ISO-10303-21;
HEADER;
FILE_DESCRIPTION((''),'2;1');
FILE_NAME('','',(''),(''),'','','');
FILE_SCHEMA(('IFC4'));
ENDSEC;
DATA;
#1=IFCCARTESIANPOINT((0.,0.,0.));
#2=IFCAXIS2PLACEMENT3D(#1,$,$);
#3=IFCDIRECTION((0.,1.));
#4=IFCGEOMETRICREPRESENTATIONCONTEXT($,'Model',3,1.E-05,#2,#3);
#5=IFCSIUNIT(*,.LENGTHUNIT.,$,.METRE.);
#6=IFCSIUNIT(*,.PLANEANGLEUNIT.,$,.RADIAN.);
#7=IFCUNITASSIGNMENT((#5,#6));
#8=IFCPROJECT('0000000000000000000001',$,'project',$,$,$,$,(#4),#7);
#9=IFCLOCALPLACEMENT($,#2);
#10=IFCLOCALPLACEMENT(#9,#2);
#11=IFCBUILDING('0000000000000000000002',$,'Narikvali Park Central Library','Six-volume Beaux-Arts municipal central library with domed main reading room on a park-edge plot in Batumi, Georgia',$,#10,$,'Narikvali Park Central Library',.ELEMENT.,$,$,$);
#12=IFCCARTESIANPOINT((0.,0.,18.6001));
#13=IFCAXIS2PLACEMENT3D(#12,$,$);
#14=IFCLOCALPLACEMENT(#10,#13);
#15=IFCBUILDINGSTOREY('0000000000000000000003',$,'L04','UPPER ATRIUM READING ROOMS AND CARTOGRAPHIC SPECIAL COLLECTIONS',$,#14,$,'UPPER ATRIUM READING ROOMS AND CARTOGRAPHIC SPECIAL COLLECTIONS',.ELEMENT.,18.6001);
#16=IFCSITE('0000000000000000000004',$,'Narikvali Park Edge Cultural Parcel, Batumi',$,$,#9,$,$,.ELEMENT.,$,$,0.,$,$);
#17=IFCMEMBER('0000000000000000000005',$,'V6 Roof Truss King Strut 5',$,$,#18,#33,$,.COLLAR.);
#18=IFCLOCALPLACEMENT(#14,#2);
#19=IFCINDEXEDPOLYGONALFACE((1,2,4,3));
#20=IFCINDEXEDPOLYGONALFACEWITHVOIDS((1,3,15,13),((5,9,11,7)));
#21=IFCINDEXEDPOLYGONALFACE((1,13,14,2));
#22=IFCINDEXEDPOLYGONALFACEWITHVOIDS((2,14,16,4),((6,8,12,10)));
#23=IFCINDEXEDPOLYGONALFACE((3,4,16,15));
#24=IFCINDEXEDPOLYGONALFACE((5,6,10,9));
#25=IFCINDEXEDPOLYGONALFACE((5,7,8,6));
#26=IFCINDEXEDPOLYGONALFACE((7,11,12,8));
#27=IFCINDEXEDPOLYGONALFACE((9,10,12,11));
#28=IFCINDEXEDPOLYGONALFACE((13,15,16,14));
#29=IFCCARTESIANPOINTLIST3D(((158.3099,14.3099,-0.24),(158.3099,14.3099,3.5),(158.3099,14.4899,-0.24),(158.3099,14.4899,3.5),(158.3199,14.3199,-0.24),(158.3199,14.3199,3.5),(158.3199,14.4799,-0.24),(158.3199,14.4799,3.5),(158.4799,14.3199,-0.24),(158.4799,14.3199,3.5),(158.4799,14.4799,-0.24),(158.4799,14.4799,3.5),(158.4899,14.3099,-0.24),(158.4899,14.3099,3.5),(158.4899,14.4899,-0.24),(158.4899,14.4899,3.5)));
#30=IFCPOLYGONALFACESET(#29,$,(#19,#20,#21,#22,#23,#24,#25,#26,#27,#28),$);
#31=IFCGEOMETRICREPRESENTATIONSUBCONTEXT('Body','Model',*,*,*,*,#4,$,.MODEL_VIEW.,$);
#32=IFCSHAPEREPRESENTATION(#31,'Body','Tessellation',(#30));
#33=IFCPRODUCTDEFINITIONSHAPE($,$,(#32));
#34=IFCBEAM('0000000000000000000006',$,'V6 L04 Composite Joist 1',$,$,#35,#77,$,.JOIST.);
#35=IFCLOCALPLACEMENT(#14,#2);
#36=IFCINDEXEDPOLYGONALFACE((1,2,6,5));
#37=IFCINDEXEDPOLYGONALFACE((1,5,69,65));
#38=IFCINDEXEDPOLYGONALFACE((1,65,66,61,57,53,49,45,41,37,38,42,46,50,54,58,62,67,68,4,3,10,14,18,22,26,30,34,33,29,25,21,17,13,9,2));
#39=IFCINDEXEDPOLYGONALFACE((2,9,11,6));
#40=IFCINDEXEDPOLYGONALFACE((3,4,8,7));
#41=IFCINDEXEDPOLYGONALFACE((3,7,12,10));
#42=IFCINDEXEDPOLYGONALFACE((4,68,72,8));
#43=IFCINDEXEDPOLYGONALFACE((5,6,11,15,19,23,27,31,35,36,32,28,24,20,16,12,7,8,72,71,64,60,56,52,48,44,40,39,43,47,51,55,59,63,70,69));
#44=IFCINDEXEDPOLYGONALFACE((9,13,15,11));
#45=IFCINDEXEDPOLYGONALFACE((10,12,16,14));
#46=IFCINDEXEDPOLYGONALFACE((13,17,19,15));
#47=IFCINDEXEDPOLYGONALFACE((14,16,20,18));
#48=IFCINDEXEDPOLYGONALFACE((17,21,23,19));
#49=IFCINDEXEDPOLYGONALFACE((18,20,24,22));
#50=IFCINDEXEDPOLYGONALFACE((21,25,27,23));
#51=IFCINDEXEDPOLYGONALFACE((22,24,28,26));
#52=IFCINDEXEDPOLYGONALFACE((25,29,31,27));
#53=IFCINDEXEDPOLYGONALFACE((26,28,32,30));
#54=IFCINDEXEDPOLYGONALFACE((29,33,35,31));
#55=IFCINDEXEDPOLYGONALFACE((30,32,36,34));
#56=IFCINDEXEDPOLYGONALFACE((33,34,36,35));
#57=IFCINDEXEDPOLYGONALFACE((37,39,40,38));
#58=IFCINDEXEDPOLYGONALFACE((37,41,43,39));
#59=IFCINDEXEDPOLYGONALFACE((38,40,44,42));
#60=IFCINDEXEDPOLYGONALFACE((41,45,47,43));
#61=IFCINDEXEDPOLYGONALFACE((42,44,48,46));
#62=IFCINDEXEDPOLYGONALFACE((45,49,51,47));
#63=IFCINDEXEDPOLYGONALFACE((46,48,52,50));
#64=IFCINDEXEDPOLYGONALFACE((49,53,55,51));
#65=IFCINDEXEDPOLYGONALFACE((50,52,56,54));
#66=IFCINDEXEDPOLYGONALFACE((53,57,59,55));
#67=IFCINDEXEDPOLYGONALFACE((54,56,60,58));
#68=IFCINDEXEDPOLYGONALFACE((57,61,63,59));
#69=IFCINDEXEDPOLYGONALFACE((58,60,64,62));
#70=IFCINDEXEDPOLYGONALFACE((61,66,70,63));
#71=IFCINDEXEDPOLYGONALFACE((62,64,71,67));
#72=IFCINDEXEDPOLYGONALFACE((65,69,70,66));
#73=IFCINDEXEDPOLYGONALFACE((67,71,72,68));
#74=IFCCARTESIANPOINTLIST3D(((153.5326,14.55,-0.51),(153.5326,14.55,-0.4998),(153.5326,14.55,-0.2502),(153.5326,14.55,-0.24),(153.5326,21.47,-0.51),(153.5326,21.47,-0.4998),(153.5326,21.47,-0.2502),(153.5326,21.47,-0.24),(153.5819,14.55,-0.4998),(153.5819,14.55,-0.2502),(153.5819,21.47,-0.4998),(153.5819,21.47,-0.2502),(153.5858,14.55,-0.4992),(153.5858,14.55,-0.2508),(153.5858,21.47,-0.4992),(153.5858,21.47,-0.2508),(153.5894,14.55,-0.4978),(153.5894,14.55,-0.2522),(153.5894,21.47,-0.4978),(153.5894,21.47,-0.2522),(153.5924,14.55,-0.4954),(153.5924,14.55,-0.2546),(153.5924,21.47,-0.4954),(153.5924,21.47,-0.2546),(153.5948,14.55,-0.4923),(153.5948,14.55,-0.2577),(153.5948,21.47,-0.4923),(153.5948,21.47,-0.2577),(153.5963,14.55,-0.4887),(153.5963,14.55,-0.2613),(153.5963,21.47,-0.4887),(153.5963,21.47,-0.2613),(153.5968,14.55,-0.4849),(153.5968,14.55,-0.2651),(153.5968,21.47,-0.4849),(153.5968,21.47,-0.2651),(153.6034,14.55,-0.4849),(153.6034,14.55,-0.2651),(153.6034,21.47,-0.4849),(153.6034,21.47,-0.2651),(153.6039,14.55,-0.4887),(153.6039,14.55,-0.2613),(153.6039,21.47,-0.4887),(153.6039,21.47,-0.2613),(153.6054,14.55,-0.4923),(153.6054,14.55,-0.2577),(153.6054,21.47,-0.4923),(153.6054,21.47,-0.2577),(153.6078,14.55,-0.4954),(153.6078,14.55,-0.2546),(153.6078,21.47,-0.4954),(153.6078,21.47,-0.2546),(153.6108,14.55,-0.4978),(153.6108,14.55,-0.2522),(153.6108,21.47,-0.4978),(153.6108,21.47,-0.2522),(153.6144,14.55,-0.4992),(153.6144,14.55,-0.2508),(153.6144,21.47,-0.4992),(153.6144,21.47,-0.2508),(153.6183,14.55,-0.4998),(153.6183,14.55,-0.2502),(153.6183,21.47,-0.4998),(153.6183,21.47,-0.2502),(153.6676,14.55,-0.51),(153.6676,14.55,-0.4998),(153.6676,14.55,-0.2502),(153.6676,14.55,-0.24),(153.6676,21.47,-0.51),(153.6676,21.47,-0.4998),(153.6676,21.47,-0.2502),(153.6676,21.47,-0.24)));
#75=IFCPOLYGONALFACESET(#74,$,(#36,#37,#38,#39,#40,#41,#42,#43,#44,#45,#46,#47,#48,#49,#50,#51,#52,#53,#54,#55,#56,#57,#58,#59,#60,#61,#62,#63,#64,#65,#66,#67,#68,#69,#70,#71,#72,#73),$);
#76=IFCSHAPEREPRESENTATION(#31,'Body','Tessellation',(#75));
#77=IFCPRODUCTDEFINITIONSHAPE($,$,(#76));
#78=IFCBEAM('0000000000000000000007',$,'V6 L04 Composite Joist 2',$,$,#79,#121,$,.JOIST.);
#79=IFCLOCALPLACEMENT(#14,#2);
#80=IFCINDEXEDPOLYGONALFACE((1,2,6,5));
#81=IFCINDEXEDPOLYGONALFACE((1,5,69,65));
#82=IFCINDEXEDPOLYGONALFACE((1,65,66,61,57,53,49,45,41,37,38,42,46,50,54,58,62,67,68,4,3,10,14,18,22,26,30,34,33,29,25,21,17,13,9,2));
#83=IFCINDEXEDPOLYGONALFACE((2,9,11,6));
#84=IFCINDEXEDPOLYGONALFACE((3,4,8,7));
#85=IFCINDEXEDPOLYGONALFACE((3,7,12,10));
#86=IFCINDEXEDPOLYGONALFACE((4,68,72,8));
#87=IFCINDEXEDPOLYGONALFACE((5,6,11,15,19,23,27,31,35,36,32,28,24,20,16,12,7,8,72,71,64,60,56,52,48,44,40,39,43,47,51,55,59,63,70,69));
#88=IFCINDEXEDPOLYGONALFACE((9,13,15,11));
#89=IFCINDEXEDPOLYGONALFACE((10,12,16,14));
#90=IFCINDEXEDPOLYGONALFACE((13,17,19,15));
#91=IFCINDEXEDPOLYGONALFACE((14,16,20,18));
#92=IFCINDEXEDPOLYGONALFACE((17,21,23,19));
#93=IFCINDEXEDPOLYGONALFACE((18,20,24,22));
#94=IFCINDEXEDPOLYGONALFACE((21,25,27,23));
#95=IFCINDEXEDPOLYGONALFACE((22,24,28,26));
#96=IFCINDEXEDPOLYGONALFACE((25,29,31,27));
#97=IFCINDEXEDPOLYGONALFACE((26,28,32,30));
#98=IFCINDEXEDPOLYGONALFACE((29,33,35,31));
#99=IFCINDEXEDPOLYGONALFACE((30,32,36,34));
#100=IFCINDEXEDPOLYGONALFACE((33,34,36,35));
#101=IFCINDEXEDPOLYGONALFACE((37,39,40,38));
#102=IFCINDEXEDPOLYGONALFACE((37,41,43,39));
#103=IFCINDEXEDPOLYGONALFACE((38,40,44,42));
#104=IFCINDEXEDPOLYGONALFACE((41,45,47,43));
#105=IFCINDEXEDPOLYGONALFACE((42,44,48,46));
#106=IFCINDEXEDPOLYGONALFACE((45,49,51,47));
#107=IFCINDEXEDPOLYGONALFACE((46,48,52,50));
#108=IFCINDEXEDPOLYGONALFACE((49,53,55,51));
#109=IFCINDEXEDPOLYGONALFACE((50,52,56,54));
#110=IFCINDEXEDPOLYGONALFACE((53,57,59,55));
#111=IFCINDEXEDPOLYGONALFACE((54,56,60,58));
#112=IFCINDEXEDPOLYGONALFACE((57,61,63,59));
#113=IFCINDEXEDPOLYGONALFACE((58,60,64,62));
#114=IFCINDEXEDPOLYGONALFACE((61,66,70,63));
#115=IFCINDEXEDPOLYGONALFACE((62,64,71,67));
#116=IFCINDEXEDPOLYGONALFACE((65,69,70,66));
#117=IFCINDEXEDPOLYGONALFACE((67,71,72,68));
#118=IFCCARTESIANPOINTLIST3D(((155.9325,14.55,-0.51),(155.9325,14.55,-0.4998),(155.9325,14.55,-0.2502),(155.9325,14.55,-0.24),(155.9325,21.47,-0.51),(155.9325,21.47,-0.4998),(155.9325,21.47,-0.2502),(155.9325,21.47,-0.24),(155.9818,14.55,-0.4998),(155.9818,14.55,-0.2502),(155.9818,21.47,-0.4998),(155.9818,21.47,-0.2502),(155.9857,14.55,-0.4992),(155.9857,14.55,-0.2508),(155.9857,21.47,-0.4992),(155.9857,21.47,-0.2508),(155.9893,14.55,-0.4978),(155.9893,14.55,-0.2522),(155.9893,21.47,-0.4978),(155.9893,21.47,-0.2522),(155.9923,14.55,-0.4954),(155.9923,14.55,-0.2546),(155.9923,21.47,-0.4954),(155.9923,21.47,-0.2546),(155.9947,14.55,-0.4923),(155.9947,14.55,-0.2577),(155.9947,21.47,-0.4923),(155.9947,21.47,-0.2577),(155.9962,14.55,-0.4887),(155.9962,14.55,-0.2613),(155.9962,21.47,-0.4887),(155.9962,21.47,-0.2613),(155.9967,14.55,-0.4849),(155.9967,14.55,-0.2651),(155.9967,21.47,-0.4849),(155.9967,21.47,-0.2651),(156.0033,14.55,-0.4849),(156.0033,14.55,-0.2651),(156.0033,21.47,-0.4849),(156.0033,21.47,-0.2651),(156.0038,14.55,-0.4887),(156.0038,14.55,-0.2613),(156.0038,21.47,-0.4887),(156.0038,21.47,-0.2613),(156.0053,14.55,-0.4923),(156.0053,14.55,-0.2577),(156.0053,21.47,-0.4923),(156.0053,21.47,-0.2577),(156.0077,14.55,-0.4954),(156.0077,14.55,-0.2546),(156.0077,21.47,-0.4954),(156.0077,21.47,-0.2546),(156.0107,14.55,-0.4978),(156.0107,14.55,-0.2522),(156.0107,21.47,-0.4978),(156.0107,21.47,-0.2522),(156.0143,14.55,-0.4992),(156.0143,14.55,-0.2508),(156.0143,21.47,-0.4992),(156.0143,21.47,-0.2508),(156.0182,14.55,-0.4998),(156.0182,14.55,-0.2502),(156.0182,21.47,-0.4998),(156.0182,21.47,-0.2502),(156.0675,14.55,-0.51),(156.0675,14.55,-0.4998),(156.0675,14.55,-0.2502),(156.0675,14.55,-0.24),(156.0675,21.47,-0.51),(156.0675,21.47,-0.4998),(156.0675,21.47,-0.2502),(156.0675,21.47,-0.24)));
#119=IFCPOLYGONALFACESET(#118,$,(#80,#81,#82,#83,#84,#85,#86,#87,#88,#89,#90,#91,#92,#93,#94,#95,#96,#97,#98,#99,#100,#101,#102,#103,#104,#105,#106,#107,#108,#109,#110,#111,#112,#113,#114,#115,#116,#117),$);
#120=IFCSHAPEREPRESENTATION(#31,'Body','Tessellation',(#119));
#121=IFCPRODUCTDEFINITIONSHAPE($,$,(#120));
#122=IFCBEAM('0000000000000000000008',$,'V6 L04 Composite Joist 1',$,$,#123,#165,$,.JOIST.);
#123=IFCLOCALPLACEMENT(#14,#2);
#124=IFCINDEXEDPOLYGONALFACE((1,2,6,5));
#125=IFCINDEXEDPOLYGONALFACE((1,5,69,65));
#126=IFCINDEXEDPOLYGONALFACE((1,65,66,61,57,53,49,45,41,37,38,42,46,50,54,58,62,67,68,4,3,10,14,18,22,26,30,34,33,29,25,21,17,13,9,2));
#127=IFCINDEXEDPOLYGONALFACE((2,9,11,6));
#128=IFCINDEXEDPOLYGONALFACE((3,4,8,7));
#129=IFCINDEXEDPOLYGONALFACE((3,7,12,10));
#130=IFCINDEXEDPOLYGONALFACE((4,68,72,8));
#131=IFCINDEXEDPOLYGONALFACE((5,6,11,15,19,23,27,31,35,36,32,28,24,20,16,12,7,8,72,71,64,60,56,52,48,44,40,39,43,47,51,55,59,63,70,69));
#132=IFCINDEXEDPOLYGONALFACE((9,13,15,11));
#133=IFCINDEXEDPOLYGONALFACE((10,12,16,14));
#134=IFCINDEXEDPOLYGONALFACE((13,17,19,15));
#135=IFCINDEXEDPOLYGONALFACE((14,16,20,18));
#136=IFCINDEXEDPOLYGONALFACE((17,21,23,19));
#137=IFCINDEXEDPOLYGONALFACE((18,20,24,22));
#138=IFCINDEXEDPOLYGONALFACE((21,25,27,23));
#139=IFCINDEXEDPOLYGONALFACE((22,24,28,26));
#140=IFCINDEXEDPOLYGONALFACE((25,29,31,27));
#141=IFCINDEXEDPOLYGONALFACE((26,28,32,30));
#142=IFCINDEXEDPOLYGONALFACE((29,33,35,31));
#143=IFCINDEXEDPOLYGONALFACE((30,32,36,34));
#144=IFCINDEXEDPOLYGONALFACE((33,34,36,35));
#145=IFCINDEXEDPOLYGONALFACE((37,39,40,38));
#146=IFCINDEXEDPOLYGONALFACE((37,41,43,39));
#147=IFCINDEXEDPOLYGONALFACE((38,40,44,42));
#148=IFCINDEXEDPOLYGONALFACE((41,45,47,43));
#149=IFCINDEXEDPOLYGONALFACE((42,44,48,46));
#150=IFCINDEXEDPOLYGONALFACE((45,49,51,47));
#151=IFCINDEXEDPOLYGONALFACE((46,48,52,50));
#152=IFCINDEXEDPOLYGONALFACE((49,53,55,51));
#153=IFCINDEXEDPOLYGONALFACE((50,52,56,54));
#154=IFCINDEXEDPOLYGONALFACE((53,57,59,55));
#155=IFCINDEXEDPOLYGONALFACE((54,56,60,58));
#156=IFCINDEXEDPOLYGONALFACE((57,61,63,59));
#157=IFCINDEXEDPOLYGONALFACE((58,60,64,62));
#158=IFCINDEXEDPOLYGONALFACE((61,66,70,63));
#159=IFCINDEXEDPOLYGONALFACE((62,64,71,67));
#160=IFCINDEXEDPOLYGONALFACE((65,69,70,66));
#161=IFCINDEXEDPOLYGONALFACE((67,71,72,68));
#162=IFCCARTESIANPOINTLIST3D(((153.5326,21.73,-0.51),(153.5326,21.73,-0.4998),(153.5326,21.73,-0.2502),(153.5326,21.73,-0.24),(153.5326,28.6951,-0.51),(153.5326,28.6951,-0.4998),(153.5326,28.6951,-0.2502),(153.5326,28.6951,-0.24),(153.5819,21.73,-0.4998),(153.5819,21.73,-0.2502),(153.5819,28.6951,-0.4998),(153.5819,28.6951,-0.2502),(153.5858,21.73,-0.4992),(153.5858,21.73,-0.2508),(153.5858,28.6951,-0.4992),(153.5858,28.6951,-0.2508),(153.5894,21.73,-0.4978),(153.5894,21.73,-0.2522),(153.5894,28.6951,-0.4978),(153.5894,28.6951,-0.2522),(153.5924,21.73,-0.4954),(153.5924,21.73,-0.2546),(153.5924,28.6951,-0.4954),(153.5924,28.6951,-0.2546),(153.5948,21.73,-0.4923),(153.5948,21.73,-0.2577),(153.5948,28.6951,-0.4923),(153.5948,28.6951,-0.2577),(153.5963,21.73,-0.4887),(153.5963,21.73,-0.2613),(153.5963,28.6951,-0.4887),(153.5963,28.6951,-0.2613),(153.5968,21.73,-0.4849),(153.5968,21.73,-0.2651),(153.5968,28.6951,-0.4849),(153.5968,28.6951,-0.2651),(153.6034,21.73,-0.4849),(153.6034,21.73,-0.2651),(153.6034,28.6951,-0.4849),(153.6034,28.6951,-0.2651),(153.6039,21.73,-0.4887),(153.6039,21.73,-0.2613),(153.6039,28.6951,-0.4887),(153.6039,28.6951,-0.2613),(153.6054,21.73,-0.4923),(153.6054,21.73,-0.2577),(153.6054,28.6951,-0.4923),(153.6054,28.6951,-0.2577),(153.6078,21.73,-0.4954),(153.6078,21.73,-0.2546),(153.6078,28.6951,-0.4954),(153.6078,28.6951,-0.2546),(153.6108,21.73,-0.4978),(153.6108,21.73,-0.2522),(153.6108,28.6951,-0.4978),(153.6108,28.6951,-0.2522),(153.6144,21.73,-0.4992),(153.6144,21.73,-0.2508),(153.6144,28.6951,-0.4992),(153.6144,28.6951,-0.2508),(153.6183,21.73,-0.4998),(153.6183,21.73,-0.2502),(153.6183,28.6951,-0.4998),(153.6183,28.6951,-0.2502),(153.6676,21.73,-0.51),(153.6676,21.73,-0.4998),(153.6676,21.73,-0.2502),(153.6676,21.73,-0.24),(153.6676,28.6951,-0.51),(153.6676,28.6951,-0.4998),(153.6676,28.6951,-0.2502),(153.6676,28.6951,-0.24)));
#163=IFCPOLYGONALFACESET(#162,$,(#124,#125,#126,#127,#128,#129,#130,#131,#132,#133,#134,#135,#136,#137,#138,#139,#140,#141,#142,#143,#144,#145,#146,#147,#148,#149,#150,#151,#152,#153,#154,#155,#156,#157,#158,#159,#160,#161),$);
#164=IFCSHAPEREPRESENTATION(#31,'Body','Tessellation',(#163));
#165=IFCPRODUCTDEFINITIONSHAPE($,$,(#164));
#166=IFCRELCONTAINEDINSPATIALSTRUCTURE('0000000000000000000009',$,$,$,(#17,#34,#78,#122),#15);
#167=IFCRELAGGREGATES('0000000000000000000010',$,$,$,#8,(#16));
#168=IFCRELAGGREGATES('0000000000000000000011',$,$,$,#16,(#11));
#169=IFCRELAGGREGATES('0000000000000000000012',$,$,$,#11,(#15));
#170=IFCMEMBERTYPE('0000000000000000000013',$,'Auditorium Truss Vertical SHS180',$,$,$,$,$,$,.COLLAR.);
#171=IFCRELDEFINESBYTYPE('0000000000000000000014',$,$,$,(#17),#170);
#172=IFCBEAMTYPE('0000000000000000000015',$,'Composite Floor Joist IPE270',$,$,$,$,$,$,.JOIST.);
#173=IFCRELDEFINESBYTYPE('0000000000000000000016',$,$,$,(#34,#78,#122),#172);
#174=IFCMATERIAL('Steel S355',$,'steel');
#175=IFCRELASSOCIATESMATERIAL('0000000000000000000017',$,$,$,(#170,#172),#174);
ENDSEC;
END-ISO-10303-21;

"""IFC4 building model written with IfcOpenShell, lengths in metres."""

from ifc_helpers import new_model, si_unit, direction, frame, origin, origin_2d, place, context, subcontext, project, spatial, hollow_rectangle, i_section, extrude, material, material_profile, profile_set, type_object, element, save


model = new_model("IFC4")

# Units and contexts
model_context = context("Model", 3, precision=1e-05, world=origin(), true_north=direction((0.0, 1.0)))
body_context = subcontext(model_context, "Body", "Model", "MODEL_VIEW")
ifc_project = project(units=[si_unit("LENGTHUNIT", "METRE"), si_unit("PLANEANGLEUNIT", "RADIAN")], contexts=[model_context])

# Site, building, storey
site_placement = place(None, origin())
site = spatial("IfcSite", under=ifc_project, at=site_placement, Name="Narikvali Park Edge Cultural Parcel, Batumi", CompositionType="ELEMENT", RefElevation=0.0)
building_placement = place(site_placement, origin())
building = spatial("IfcBuilding", under=site, at=building_placement, Name="Narikvali Park Central Library", Description="Six-volume Beaux-Arts municipal central library with domed main reading room on a park-edge plot in Batumi, Georgia", LongName="Narikvali Park Central Library", CompositionType="ELEMENT")
storey_placement = place(building_placement, frame((0.0, 0.0, 18.6001)))
storey = spatial("IfcBuildingStorey", under=building, at=storey_placement, Name="L04", Description="UPPER ATRIUM READING ROOMS AND CARTOGRAPHIC SPECIAL COLLECTIONS", LongName="UPPER ATRIUM READING ROOMS AND CARTOGRAPHIC SPECIAL COLLECTIONS", CompositionType="ELEMENT", Elevation=18.6001)

# Member
ifc_material_1 = material(Name="Steel S355", Category="steel")
ifc_material_profile_1 = material_profile(ifc_material_1, hollow_rectangle(XDim=0.1799, YDim=0.1799, WallThickness=0.01, at=origin_2d()), Name="SHS 180x180x10")
ifc_profile_set_1 = profile_set([ifc_material_profile_1], Name="Steel S355")
member_type_1 = type_object("IfcMemberType", Name="Auditorium Truss Vertical SHS180", PredefinedType="COLLAR", material=ifc_profile_set_1)
member_1_placement = place(storey_placement, frame((158.3999, 14.3999, -0.24), z_axis=(0.0, 0.0, 1.0), x_axis=(1.0, 0.0, 0.0)))
element("IfcMember", 1, at=member_1_placement, inside=storey, type_object=member_type_1, Name="V6 Roof Truss King Strut 5", PredefinedType="COLLAR", context=body_context, shape_type="SweptSolid", body=[
    extrude(hollow_rectangle(XDim=0.1799, YDim=0.1799, WallThickness=0.01, at=origin_2d()), origin(), (0.0, 0.0, 1.0), 3.74),
])

# Beams
ifc_material_profile_2 = material_profile(ifc_material_1, i_section(OverallWidth=0.135, OverallDepth=0.27, WebThickness=0.0066, FlangeThickness=0.0103, FilletRadius=0.0149, at=origin_2d()), Name="IPE 270")
ifc_profile_set_2 = profile_set([ifc_material_profile_2], Name="Steel S355")
beam_type_1 = type_object("IfcBeamType", Name="Composite Floor Joist IPE270", PredefinedType="JOIST", material=ifc_profile_set_2)
for number, where, z_axis, x_axis, name in (
    (2, (153.6001, 14.55, -0.375), (0.0, 1.0, 0.0), (-1.0, 0.0, 0.0), "V6 L04 Composite Joist 1"),
    (3, (156.0, 14.55, -0.375), (0.0, 1.0, 0.0), (-1.0, 0.0, 0.0), "V6 L04 Composite Joist 2"),
):
    element("IfcBeam", number, at=place(storey_placement, frame(where, z_axis=z_axis, x_axis=x_axis)), inside=storey, type_object=beam_type_1, Name=name, PredefinedType="JOIST", context=body_context, shape_type="SweptSolid", body=[
        extrude(i_section(OverallWidth=0.135, OverallDepth=0.27, WebThickness=0.0066, FlangeThickness=0.0103, FilletRadius=0.0149, at=origin_2d()), origin(), (0.0, 0.0, 1.0), 6.9199),
    ])
for number, where, z_axis, x_axis, name in (
    (4, (153.6001, 21.73, -0.375), (0.0, 1.0, 0.0), (-1.0, 0.0, 0.0), "V6 L04 Composite Joist 1"),
):
    element("IfcBeam", number, at=place(storey_placement, frame(where, z_axis=z_axis, x_axis=x_axis)), inside=storey, type_object=beam_type_1, Name=name, PredefinedType="JOIST", context=body_context, shape_type="SweptSolid", body=[
        extrude(i_section(OverallWidth=0.135, OverallDepth=0.27, WebThickness=0.0066, FlangeThickness=0.0103, FilletRadius=0.0149, at=origin_2d()), origin(), (0.0, 0.0, 1.0), 6.9651),
    ])

save(model, "model.ifc")
